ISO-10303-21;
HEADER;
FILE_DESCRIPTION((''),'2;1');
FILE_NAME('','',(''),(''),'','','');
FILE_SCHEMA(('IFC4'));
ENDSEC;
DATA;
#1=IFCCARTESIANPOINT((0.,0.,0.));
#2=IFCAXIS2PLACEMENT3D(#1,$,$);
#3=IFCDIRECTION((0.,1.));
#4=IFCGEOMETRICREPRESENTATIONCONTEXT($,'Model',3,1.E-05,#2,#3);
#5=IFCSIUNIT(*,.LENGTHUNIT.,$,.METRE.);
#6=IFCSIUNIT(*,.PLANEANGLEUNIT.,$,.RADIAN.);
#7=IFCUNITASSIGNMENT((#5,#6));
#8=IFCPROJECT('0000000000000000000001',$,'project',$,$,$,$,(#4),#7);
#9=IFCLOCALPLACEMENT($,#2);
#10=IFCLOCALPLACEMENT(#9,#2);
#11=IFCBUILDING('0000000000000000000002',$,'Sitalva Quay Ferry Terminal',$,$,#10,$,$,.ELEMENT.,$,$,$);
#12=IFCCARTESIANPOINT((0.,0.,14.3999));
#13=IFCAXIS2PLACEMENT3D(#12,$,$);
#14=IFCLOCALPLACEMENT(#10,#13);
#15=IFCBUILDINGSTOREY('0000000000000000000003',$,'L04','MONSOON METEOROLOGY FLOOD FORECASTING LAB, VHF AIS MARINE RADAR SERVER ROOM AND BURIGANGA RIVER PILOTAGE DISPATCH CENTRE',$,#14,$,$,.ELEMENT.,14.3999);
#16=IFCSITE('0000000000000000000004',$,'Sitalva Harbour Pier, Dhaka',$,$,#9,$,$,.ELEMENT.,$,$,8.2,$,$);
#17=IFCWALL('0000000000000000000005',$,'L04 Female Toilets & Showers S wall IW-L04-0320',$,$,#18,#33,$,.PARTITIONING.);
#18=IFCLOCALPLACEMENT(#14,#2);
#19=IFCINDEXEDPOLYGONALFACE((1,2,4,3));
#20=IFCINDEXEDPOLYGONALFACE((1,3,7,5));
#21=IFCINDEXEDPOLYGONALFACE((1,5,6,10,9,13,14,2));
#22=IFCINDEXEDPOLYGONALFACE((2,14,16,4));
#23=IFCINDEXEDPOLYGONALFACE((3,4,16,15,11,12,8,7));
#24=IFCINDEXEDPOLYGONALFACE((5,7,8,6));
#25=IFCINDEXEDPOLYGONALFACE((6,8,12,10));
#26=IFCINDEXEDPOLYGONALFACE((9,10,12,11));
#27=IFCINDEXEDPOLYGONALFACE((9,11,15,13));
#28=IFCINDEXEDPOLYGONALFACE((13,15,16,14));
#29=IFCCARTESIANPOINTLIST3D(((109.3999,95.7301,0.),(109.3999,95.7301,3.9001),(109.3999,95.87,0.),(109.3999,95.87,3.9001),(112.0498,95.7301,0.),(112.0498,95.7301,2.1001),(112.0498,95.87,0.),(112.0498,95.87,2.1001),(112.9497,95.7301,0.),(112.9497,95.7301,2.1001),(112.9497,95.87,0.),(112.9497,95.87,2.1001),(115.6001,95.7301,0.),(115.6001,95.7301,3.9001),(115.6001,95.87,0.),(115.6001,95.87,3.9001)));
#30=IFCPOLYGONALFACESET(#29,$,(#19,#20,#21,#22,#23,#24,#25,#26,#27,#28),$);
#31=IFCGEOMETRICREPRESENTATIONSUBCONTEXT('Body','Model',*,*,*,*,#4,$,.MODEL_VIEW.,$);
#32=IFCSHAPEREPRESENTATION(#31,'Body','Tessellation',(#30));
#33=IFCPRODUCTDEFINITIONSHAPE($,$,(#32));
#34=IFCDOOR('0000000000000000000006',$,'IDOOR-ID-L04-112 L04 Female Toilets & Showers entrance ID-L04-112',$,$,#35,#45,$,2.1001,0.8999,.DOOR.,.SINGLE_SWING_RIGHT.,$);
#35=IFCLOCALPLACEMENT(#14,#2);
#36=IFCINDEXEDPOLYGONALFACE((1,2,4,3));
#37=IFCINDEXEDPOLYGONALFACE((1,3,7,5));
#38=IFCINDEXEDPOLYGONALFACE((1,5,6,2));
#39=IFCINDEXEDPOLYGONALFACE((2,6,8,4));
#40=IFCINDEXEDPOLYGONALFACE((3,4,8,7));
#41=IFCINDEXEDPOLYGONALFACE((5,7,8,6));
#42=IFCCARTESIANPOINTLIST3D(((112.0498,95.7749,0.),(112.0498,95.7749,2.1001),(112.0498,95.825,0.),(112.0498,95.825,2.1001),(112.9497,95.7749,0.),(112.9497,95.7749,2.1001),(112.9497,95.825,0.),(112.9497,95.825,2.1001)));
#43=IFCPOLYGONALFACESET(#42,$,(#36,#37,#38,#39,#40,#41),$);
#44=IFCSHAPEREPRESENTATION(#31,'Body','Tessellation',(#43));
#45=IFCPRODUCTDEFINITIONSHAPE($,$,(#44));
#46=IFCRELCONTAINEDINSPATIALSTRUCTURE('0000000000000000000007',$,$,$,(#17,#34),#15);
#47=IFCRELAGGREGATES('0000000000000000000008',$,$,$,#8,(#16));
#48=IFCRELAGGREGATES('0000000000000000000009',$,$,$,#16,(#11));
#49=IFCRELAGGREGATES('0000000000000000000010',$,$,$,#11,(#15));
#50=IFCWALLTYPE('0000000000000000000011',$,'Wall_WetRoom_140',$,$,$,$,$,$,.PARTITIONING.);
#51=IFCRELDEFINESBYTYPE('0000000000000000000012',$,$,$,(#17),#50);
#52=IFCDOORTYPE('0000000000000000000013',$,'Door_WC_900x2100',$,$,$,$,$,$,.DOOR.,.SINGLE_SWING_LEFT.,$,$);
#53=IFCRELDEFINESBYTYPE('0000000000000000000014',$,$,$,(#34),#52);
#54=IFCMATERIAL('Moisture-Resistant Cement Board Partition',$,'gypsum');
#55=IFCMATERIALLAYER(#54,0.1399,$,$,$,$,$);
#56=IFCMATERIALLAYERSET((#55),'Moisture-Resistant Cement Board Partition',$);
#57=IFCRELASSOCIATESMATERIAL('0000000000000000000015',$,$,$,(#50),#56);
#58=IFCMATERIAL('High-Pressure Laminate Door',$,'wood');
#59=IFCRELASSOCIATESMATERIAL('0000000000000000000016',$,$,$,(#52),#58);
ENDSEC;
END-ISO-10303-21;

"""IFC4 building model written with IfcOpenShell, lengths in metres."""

from ifc_helpers import new_model, si_unit, direction, frame, frame_2d, origin, place, context, subcontext, project, spatial, rectangle, extrude, material, layer, layer_set, type_object, element, fill, save


model = new_model("IFC4")

# Units and contexts
model_context = context("Model", 3, precision=1e-05, world=origin(), true_north=direction((0.0, 1.0)))
body_context = subcontext(model_context, "Body", "Model", "MODEL_VIEW")
ifc_project = project(units=[si_unit("LENGTHUNIT", "METRE"), si_unit("PLANEANGLEUNIT", "RADIAN")], contexts=[model_context])

# Site, building, storey
site_placement = place(None, origin())
site = spatial("IfcSite", under=ifc_project, at=site_placement, Name="Sitalva Harbour Pier, Dhaka", CompositionType="ELEMENT", RefElevation=8.2)
building_placement = place(site_placement, origin())
building = spatial("IfcBuilding", under=site, at=building_placement, Name="Sitalva Quay Ferry Terminal", CompositionType="ELEMENT")
storey_placement = place(building_placement, frame((0.0, 0.0, 14.3999)))
storey = spatial("IfcBuildingStorey", under=building, at=storey_placement, Name="L04", Description="MONSOON METEOROLOGY FLOOD FORECASTING LAB, VHF AIS MARINE RADAR SERVER ROOM AND BURIGANGA RIVER PILOTAGE DISPATCH CENTRE", CompositionType="ELEMENT", Elevation=14.3999)

# Wall, opening, door
ifc_material_1 = material(Name="Moisture-Resistant Cement Board Partition", Category="gypsum")
ifc_layer_1 = layer(ifc_material_1, 0.1399)
ifc_layer_set_1 = layer_set([ifc_layer_1], Name="Moisture-Resistant Cement Board Partition")
wall_type_1 = type_object("IfcWallType", Name="Wall_WetRoom_140", PredefinedType="PARTITIONING", material=ifc_layer_set_1)
ifc_material_2 = material(Name="High-Pressure Laminate Door", Category="wood")
door_type_1 = type_object("IfcDoorType", Name="Door_WC_900x2100", OperationType="SINGLE_SWING_LEFT", PredefinedType="DOOR", material=ifc_material_2)
wall_1_placement = place(storey_placement, frame((109.3999, 95.8, 0.0), z_axis=(0.0, 0.0, 1.0), x_axis=(1.0, 0.0, 0.0)))
wall_1 = element("IfcWall", 1, at=wall_1_placement, inside=storey, type_object=wall_type_1, Name="L04 Female Toilets & Showers S wall IW-L04-0320", PredefinedType="PARTITIONING", context=body_context, shape_type="SweptSolid", body=[
    extrude(rectangle(XDim=6.2002, YDim=0.1399, at=frame_2d((3.1001, 0.0))), origin(), (0.0, 0.0, 1.0), 3.9001),
])
opening_1_placement = place(wall_1_placement, frame((2.6499, 0.0, 0.0)))
opening_1 = element("IfcOpeningElement", 2, at=opening_1_placement, cuts=wall_1, PredefinedType="OPENING", context=body_context, shape_type="SweptSolid", body=[
    extrude(rectangle(XDim=0.8999, YDim=2.1001, at=frame_2d((0.45, 1.05))), frame((0.0, 0.0798, 0.0), z_axis=(0.0, -1.0, 0.0), x_axis=(1.0, 0.0, 0.0)), (0.0, 0.0, 1.0), 0.1599),
])
door_1_placement = place(opening_1_placement, origin())
door_1 = element("IfcDoor", 3, at=door_1_placement, inside=storey, type_object=door_type_1, Name="IDOOR-ID-L04-112 L04 Female Toilets & Showers entrance ID-L04-112", OperationType="SINGLE_SWING_RIGHT", OverallHeight=2.1001, OverallWidth=0.8999, PredefinedType="DOOR", context=body_context, shape_type="SweptSolid", body=[
    extrude(rectangle(XDim=0.8999, YDim=2.1001, at=frame_2d((0.45, 1.05))), frame((0.0, 0.0249, 0.0), z_axis=(0.0, -1.0, 0.0), x_axis=(1.0, 0.0, 0.0)), (0.0, 0.0, 1.0), 0.05),
])
fill(opening_1, door_1)

save(model, "model.ifc")
